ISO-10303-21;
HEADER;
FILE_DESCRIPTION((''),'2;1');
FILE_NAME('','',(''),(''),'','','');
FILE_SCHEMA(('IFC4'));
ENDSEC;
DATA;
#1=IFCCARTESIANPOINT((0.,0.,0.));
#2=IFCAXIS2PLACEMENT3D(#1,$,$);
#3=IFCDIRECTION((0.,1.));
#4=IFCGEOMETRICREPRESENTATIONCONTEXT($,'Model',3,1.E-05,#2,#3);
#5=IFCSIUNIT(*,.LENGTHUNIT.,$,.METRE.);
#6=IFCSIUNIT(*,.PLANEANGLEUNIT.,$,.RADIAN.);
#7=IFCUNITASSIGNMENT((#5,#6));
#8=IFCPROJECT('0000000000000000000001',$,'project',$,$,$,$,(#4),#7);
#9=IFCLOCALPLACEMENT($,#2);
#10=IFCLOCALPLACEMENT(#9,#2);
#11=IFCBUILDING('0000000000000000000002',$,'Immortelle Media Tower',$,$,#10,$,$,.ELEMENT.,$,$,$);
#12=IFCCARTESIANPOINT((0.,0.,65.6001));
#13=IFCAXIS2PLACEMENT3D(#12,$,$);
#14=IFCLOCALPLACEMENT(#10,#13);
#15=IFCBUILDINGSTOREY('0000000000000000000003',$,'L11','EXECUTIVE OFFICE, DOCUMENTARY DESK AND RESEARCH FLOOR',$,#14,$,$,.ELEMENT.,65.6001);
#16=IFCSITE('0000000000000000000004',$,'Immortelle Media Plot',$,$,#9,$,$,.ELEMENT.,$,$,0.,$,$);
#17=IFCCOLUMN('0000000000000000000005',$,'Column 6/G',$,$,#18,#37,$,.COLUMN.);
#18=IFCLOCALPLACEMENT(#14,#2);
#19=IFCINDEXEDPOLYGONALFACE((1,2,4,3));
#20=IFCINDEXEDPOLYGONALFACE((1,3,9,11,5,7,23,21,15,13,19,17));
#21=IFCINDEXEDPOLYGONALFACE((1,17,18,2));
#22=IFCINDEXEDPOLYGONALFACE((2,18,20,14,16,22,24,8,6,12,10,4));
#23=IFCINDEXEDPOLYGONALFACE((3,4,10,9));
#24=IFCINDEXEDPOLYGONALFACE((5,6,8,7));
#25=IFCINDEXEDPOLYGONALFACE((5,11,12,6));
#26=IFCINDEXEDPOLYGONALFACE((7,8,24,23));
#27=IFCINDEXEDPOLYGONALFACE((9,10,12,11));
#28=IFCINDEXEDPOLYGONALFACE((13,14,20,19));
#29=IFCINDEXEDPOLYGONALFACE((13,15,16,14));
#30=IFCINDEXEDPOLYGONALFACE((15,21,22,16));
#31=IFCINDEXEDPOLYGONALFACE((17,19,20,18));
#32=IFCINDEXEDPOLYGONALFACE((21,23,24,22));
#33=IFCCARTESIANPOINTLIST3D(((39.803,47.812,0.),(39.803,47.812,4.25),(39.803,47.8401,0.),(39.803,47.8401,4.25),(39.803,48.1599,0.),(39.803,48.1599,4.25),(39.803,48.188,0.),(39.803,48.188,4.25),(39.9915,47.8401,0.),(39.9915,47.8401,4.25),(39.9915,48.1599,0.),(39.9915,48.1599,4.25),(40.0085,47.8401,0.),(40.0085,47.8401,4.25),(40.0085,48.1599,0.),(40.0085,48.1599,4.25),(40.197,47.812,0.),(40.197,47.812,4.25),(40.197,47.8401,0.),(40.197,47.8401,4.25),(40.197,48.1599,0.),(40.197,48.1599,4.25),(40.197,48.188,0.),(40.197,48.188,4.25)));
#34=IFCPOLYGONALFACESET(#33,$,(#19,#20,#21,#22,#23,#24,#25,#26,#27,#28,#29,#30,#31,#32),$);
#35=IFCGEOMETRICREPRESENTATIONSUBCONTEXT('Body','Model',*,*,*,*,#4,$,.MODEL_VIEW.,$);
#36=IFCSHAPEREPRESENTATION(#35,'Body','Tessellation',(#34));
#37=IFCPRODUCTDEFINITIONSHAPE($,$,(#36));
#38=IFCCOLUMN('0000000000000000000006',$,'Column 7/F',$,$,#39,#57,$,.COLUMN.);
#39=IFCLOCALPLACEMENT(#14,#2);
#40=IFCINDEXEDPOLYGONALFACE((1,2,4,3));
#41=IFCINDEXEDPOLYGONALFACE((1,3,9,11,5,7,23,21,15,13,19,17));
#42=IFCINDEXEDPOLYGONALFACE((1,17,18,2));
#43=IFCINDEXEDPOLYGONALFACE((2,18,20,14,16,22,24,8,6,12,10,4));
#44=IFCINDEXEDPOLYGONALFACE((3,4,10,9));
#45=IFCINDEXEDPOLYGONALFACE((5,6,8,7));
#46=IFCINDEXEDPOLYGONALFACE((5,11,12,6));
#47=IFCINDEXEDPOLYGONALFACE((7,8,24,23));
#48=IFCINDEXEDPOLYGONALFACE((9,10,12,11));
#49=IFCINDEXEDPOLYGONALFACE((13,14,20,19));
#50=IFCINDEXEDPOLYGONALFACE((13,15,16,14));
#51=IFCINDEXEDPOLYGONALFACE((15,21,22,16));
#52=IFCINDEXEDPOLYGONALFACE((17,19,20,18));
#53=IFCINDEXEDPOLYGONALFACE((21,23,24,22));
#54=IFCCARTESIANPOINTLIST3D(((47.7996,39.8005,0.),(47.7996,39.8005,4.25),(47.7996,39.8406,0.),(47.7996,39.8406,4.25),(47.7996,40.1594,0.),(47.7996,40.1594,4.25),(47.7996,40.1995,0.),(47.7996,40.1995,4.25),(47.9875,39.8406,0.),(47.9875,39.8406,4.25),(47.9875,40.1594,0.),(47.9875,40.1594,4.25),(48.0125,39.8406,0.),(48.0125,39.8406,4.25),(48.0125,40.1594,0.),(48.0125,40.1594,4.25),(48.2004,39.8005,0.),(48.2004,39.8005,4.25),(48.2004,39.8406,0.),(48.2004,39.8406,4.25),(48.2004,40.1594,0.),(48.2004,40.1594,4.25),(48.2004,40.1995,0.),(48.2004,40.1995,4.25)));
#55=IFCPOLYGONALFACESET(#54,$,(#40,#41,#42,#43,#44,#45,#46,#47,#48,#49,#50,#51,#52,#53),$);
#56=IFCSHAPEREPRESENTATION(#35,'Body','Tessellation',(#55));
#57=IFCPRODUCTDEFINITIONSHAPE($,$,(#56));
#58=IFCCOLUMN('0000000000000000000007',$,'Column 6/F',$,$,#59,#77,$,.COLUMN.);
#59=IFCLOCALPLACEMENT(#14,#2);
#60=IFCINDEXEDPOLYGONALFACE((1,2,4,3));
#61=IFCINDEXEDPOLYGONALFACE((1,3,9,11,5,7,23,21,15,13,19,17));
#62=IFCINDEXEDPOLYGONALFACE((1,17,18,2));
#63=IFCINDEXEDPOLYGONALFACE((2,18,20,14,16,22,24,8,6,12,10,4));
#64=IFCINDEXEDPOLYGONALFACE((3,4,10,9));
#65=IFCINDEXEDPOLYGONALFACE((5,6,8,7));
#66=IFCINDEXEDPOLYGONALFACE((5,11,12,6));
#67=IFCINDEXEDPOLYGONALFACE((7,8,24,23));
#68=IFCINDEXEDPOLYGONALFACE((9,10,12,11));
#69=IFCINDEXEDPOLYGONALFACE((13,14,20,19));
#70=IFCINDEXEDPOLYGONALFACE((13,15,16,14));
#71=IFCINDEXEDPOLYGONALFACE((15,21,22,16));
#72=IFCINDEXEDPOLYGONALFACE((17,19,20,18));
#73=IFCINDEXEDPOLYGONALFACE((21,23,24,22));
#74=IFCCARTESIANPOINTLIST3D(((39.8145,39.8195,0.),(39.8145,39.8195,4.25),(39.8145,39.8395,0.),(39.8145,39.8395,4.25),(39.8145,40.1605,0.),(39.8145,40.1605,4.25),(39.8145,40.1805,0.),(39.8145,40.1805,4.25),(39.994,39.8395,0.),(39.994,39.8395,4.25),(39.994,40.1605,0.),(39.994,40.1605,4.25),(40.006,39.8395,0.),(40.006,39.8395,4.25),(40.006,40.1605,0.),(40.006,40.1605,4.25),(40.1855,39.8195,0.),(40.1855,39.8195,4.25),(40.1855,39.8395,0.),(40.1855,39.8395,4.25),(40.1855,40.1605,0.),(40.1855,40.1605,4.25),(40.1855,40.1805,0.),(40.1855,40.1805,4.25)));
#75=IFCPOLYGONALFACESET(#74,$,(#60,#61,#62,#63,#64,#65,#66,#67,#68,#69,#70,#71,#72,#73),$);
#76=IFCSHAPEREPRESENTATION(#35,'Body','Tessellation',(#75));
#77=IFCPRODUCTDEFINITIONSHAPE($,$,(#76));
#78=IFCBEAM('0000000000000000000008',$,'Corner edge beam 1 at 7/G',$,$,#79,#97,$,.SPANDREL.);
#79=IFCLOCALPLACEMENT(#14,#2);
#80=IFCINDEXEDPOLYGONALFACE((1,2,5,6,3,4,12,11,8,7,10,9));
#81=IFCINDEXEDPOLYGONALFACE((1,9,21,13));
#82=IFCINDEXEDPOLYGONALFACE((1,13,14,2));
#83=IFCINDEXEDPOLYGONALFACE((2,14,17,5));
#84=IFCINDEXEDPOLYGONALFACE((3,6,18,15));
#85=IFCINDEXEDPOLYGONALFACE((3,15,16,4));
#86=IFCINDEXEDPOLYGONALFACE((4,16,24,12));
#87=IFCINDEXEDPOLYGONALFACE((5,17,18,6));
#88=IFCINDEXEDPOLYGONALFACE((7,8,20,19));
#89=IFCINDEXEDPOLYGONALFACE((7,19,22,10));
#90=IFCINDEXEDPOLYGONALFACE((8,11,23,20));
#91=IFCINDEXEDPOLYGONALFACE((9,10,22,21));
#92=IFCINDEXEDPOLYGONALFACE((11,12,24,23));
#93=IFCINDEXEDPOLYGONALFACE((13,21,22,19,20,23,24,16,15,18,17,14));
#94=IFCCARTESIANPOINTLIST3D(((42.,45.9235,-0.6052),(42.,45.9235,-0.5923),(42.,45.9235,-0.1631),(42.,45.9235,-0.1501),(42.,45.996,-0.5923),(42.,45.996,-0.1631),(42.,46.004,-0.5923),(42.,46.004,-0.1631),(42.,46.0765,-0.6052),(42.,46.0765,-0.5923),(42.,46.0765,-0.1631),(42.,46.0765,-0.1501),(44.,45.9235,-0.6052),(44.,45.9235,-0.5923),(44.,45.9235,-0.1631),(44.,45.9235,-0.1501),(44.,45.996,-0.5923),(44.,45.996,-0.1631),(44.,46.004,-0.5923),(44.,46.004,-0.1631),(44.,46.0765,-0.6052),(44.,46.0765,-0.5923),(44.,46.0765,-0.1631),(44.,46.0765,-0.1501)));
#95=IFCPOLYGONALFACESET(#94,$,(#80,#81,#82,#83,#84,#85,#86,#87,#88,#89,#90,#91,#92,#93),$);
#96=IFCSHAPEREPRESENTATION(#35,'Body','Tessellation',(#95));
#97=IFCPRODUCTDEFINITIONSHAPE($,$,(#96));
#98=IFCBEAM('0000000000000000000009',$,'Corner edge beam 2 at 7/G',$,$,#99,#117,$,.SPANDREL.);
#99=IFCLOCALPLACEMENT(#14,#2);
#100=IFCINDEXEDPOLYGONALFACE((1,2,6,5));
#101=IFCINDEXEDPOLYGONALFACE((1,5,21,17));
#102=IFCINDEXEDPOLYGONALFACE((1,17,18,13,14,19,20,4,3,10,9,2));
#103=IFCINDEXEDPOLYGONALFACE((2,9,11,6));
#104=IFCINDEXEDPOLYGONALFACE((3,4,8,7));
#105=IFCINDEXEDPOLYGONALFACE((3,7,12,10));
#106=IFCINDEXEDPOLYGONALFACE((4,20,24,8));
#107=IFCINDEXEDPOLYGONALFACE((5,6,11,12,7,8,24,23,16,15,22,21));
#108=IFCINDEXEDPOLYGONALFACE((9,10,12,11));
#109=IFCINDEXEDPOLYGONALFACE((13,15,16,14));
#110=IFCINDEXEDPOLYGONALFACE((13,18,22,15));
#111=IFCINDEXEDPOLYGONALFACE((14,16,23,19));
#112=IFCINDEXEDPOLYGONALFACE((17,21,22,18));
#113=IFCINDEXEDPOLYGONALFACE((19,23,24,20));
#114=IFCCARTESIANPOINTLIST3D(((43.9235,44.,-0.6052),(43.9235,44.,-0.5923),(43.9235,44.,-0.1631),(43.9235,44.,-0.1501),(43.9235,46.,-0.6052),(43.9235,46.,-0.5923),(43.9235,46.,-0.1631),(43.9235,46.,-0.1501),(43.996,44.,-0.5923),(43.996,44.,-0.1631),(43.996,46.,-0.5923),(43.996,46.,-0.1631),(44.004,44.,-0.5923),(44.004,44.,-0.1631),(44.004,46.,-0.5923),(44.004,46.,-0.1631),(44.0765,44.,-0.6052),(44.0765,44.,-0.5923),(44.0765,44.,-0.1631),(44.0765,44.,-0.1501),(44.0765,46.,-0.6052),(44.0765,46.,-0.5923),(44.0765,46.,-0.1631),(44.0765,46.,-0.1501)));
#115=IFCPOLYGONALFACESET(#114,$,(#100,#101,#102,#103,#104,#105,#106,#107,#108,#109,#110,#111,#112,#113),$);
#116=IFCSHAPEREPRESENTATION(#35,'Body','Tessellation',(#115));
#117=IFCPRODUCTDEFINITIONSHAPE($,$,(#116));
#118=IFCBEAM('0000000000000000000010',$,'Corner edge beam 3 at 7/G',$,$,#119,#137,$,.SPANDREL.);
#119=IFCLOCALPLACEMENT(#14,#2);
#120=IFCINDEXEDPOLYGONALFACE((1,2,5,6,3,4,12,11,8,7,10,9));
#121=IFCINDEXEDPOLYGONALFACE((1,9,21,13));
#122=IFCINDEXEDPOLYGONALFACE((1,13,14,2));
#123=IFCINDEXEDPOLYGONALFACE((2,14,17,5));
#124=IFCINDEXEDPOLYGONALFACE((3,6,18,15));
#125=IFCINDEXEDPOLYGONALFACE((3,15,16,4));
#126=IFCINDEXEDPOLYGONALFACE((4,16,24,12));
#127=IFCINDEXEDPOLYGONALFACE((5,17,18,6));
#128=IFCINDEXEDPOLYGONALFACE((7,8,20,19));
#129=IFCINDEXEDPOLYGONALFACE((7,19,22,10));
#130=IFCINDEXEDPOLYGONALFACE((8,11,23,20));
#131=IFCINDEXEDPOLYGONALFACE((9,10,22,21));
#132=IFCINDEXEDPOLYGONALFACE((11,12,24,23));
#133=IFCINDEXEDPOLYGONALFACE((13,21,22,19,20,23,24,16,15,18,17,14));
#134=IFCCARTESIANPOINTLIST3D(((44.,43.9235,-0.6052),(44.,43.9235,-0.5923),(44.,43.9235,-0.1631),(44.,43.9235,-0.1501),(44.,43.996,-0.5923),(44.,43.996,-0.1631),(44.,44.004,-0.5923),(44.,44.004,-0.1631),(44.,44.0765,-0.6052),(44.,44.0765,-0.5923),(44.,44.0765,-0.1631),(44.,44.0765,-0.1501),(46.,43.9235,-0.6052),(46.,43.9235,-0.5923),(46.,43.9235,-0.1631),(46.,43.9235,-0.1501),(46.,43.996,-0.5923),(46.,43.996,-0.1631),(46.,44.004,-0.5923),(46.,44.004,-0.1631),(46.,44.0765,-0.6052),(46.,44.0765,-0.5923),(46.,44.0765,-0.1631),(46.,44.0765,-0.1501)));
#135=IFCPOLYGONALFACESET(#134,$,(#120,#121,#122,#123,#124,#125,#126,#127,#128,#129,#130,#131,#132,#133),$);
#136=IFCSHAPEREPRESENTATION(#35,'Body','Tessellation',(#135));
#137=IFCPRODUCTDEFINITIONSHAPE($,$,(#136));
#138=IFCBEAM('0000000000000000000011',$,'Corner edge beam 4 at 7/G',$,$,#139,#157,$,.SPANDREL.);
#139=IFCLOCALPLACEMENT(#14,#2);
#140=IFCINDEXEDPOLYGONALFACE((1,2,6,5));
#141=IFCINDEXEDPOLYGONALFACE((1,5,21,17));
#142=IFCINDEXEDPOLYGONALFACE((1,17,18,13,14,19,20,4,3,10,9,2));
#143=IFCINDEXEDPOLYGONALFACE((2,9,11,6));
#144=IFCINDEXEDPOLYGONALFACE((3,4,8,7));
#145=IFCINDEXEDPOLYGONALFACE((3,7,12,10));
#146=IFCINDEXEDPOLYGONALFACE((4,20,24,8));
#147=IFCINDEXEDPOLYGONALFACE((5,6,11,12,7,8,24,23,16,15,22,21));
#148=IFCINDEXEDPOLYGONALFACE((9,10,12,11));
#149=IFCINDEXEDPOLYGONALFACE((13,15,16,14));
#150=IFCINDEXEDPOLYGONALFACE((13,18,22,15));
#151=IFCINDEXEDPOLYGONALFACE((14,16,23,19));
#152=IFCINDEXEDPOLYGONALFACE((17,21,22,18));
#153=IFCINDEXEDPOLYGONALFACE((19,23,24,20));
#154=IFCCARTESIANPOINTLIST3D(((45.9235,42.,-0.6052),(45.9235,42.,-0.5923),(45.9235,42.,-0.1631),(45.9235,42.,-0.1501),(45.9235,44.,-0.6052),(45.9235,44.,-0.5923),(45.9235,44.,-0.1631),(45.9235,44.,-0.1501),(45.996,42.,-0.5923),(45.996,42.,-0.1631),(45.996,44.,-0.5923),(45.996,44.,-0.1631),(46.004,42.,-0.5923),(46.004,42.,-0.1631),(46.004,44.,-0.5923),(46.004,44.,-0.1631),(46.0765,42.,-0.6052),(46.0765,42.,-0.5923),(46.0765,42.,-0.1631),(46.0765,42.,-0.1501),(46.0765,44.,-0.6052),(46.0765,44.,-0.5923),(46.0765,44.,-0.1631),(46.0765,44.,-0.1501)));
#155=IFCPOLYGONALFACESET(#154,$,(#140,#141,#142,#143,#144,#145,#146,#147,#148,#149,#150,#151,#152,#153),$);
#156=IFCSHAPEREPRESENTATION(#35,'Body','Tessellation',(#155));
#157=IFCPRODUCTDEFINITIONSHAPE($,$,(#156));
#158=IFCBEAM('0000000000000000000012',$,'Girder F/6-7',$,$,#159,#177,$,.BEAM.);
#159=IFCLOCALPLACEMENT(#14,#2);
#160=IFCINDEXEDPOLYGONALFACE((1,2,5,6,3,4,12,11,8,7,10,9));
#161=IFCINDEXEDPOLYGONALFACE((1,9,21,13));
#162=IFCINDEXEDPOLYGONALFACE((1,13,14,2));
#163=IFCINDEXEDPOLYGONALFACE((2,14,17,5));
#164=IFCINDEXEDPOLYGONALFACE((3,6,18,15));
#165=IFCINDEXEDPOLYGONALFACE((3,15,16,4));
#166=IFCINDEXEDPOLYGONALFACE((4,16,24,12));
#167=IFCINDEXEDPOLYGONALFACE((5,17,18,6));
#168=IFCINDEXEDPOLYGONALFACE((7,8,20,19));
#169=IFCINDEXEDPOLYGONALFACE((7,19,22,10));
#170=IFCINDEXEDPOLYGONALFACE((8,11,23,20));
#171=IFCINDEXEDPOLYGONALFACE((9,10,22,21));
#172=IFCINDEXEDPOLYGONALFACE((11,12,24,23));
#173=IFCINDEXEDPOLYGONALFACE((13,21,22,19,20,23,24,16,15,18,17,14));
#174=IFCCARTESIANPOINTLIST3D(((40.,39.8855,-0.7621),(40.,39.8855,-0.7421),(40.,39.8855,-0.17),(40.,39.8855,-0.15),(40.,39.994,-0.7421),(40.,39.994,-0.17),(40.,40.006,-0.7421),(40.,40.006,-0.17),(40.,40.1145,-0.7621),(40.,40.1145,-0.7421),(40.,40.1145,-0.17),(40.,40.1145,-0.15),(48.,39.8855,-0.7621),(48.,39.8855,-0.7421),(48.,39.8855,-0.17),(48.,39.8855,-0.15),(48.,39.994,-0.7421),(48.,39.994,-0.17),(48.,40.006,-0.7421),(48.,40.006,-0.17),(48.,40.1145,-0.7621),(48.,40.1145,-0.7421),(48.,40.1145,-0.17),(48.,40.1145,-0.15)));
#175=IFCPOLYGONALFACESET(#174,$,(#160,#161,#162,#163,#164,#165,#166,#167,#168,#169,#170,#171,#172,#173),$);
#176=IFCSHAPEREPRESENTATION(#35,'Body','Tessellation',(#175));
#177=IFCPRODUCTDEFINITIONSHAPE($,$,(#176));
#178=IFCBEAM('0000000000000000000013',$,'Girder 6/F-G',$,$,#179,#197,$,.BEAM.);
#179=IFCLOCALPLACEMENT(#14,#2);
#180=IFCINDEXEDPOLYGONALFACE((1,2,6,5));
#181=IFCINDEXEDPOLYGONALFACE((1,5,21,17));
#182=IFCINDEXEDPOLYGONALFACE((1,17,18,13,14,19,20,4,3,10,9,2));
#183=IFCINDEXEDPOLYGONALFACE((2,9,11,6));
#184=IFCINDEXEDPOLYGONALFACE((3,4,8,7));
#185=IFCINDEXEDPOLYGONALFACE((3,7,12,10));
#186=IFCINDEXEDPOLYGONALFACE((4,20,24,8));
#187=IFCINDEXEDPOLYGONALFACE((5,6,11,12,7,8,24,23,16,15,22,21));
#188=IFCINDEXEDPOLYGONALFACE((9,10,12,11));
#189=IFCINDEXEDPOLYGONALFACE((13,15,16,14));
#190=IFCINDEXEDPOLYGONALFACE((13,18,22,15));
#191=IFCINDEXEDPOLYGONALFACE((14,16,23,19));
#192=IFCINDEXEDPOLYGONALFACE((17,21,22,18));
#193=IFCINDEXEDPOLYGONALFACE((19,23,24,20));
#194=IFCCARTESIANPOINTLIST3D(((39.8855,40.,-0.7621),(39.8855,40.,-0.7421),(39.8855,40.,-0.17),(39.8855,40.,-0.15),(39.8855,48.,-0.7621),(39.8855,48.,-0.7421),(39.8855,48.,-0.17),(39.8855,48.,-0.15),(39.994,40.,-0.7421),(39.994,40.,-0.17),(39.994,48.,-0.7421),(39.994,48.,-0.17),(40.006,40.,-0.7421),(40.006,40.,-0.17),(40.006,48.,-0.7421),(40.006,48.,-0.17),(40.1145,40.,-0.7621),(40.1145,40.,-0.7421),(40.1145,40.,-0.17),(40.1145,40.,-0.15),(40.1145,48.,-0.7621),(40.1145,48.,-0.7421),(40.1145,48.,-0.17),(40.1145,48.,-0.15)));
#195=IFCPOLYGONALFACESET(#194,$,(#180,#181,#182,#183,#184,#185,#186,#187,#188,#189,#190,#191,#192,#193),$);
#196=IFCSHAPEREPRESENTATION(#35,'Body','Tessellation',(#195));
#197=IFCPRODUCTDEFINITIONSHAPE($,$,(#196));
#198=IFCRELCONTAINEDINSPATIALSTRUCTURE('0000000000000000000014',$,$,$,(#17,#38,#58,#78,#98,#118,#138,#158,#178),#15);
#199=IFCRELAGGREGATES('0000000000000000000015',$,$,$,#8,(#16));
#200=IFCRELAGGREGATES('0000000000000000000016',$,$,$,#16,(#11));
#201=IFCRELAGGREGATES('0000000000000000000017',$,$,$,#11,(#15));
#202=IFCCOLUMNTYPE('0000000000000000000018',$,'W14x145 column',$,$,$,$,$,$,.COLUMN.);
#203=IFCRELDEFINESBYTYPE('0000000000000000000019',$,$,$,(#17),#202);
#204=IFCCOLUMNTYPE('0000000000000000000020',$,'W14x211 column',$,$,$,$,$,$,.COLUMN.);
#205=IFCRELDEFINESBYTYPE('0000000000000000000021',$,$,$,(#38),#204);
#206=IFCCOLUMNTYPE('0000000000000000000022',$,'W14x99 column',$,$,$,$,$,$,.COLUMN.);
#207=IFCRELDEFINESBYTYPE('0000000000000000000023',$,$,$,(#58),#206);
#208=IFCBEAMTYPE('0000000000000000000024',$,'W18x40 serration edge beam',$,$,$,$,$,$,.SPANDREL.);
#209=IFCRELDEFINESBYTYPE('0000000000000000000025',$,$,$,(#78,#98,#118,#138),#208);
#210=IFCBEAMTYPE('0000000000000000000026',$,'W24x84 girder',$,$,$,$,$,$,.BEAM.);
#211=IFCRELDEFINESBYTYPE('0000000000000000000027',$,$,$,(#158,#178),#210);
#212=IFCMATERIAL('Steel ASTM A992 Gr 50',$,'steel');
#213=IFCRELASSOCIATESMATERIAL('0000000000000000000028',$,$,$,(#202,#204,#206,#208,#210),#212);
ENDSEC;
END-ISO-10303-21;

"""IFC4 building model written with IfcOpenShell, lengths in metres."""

from ifc_helpers import new_model, si_unit, direction, frame, origin, origin_2d, place, context, subcontext, project, spatial, i_section, extrude, material, material_profile, profile_set, type_object, element, save


model = new_model("IFC4")

# Units and contexts
model_context = context("Model", 3, precision=1e-05, world=origin(), true_north=direction((0.0, 1.0)))
body_context = subcontext(model_context, "Body", "Model", "MODEL_VIEW")
ifc_project = project(units=[si_unit("LENGTHUNIT", "METRE"), si_unit("PLANEANGLEUNIT", "RADIAN")], contexts=[model_context])

# Site, building, storey
site_placement = place(None, origin())
site = spatial("IfcSite", under=ifc_project, at=site_placement, Name="Immortelle Media Plot", CompositionType="ELEMENT", RefElevation=0.0)
building_placement = place(site_placement, origin())
building = spatial("IfcBuilding", under=site, at=building_placement, Name="Immortelle Media Tower", CompositionType="ELEMENT")
storey_placement = place(building_placement, frame((0.0, 0.0, 65.6001)))
storey = spatial("IfcBuildingStorey", under=building, at=storey_placement, Name="L11", Description="EXECUTIVE OFFICE, DOCUMENTARY DESK AND RESEARCH FLOOR", CompositionType="ELEMENT", Elevation=65.6001)

# Columns
ifc_material_1 = material(Name="Steel ASTM A992 Gr 50", Category="steel")
ifc_material_profile_1 = material_profile(ifc_material_1, i_section(OverallWidth=0.394, OverallDepth=0.376, WebThickness=0.0171, FlangeThickness=0.0281, at=origin_2d()), Name="W14x145")
ifc_profile_set_1 = profile_set([ifc_material_profile_1], Name="Steel ASTM A992 Gr 50")
column_type_1 = type_object("IfcColumnType", Name="W14x145 column", PredefinedType="COLUMN", material=ifc_profile_set_1)
column_1_placement = place(storey_placement, frame((40.0, 48.0, 0.0), z_axis=(0.0, 0.0, 1.0), x_axis=(1.0, 0.0, 0.0)))
element("IfcColumn", 1, at=column_1_placement, inside=storey, type_object=column_type_1, Name="Column 6/G", PredefinedType="COLUMN", context=body_context, shape_type="SweptSolid", body=[
    extrude(i_section(OverallWidth=0.394, OverallDepth=0.376, WebThickness=0.0171, FlangeThickness=0.0281, at=origin_2d()), origin(), (0.0, 0.0, 1.0), 4.25),
])
ifc_material_profile_2 = material_profile(ifc_material_1, i_section(OverallWidth=0.4009, OverallDepth=0.3989, WebThickness=0.0249, FlangeThickness=0.04, at=origin_2d()), Name="W14x211")
ifc_profile_set_2 = profile_set([ifc_material_profile_2], Name="Steel ASTM A992 Gr 50")
column_type_2 = type_object("IfcColumnType", Name="W14x211 column", PredefinedType="COLUMN", material=ifc_profile_set_2)
column_2_placement = place(storey_placement, frame((48.0, 40.0, 0.0), z_axis=(0.0, 0.0, 1.0), x_axis=(1.0, 0.0, 0.0)))
element("IfcColumn", 2, at=column_2_placement, inside=storey, type_object=column_type_2, Name="Column 7/F", PredefinedType="COLUMN", context=body_context, shape_type="SweptSolid", body=[
    extrude(i_section(OverallWidth=0.4009, OverallDepth=0.3989, WebThickness=0.0249, FlangeThickness=0.04, at=origin_2d()), origin(), (0.0, 0.0, 1.0), 4.25),
])
ifc_material_profile_3 = material_profile(ifc_material_1, i_section(OverallWidth=0.3711, OverallDepth=0.3611, WebThickness=0.012, FlangeThickness=0.02, at=origin_2d()), Name="W14x99")
ifc_profile_set_3 = profile_set([ifc_material_profile_3], Name="Steel ASTM A992 Gr 50")
column_type_3 = type_object("IfcColumnType", Name="W14x99 column", PredefinedType="COLUMN", material=ifc_profile_set_3)
column_3_placement = place(storey_placement, frame((40.0, 40.0, 0.0), z_axis=(0.0, 0.0, 1.0), x_axis=(1.0, 0.0, 0.0)))
element("IfcColumn", 3, at=column_3_placement, inside=storey, type_object=column_type_3, Name="Column 6/F", PredefinedType="COLUMN", context=body_context, shape_type="SweptSolid", body=[
    extrude(i_section(OverallWidth=0.3711, OverallDepth=0.3611, WebThickness=0.012, FlangeThickness=0.02, at=origin_2d()), origin(), (0.0, 0.0, 1.0), 4.25),
])

# Beams
ifc_material_profile_4 = material_profile(ifc_material_1, i_section(OverallWidth=0.1531, OverallDepth=0.4551, WebThickness=0.0081, FlangeThickness=0.0129, at=origin_2d()), Name="W18x40")
ifc_profile_set_4 = profile_set([ifc_material_profile_4], Name="Steel ASTM A992 Gr 50")
beam_type_1 = type_object("IfcBeamType", Name="W18x40 serration edge beam", PredefinedType="SPANDREL", material=ifc_profile_set_4)
for number, where, z_axis, x_axis, name in (
    (4, (42.0, 46.0, -0.3777), (1.0, 0.0, 0.0), (0.0, 1.0, 0.0), "Corner edge beam 1 at 7/G"),
    (5, (44.0, 46.0, -0.3777), (0.0, -1.0, 0.0), (1.0, 0.0, 0.0), "Corner edge beam 2 at 7/G"),
    (6, (44.0, 44.0, -0.3777), (1.0, 0.0, 0.0), (0.0, 1.0, 0.0), "Corner edge beam 3 at 7/G"),
    (7, (46.0, 44.0, -0.3777), (0.0, -1.0, 0.0), (1.0, 0.0, 0.0), "Corner edge beam 4 at 7/G"),
):
    element("IfcBeam", number, at=place(storey_placement, frame(where, z_axis=z_axis, x_axis=x_axis)), inside=storey, type_object=beam_type_1, Name=name, PredefinedType="SPANDREL", context=body_context, shape_type="SweptSolid", body=[
        extrude(i_section(OverallWidth=0.1531, OverallDepth=0.4551, WebThickness=0.0081, FlangeThickness=0.0129, at=origin_2d()), origin(), (0.0, 0.0, 1.0), 2.0),
    ])
ifc_material_profile_5 = material_profile(ifc_material_1, i_section(OverallWidth=0.229, OverallDepth=0.6121, WebThickness=0.012, FlangeThickness=0.02, at=origin_2d()), Name="W24x84")
ifc_profile_set_5 = profile_set([ifc_material_profile_5], Name="Steel ASTM A992 Gr 50")
beam_type_2 = type_object("IfcBeamType", Name="W24x84 girder", PredefinedType="BEAM", material=ifc_profile_set_5)
for number, where, z_axis, x_axis, name in (
    (8, (40.0, 40.0, -0.4561), (1.0, 0.0, 0.0), (0.0, 1.0, 0.0), "Girder F/6-7"),
    (9, (40.0, 40.0, -0.4561), (0.0, 1.0, 0.0), (-1.0, 0.0, 0.0), "Girder 6/F-G"),
):
    element("IfcBeam", number, at=place(storey_placement, frame(where, z_axis=z_axis, x_axis=x_axis)), inside=storey, type_object=beam_type_2, Name=name, PredefinedType="BEAM", context=body_context, shape_type="SweptSolid", body=[
        extrude(i_section(OverallWidth=0.229, OverallDepth=0.6121, WebThickness=0.012, FlangeThickness=0.02, at=origin_2d()), origin(), (0.0, 0.0, 1.0), 8.0),
    ])

save(model, "model.ifc")
